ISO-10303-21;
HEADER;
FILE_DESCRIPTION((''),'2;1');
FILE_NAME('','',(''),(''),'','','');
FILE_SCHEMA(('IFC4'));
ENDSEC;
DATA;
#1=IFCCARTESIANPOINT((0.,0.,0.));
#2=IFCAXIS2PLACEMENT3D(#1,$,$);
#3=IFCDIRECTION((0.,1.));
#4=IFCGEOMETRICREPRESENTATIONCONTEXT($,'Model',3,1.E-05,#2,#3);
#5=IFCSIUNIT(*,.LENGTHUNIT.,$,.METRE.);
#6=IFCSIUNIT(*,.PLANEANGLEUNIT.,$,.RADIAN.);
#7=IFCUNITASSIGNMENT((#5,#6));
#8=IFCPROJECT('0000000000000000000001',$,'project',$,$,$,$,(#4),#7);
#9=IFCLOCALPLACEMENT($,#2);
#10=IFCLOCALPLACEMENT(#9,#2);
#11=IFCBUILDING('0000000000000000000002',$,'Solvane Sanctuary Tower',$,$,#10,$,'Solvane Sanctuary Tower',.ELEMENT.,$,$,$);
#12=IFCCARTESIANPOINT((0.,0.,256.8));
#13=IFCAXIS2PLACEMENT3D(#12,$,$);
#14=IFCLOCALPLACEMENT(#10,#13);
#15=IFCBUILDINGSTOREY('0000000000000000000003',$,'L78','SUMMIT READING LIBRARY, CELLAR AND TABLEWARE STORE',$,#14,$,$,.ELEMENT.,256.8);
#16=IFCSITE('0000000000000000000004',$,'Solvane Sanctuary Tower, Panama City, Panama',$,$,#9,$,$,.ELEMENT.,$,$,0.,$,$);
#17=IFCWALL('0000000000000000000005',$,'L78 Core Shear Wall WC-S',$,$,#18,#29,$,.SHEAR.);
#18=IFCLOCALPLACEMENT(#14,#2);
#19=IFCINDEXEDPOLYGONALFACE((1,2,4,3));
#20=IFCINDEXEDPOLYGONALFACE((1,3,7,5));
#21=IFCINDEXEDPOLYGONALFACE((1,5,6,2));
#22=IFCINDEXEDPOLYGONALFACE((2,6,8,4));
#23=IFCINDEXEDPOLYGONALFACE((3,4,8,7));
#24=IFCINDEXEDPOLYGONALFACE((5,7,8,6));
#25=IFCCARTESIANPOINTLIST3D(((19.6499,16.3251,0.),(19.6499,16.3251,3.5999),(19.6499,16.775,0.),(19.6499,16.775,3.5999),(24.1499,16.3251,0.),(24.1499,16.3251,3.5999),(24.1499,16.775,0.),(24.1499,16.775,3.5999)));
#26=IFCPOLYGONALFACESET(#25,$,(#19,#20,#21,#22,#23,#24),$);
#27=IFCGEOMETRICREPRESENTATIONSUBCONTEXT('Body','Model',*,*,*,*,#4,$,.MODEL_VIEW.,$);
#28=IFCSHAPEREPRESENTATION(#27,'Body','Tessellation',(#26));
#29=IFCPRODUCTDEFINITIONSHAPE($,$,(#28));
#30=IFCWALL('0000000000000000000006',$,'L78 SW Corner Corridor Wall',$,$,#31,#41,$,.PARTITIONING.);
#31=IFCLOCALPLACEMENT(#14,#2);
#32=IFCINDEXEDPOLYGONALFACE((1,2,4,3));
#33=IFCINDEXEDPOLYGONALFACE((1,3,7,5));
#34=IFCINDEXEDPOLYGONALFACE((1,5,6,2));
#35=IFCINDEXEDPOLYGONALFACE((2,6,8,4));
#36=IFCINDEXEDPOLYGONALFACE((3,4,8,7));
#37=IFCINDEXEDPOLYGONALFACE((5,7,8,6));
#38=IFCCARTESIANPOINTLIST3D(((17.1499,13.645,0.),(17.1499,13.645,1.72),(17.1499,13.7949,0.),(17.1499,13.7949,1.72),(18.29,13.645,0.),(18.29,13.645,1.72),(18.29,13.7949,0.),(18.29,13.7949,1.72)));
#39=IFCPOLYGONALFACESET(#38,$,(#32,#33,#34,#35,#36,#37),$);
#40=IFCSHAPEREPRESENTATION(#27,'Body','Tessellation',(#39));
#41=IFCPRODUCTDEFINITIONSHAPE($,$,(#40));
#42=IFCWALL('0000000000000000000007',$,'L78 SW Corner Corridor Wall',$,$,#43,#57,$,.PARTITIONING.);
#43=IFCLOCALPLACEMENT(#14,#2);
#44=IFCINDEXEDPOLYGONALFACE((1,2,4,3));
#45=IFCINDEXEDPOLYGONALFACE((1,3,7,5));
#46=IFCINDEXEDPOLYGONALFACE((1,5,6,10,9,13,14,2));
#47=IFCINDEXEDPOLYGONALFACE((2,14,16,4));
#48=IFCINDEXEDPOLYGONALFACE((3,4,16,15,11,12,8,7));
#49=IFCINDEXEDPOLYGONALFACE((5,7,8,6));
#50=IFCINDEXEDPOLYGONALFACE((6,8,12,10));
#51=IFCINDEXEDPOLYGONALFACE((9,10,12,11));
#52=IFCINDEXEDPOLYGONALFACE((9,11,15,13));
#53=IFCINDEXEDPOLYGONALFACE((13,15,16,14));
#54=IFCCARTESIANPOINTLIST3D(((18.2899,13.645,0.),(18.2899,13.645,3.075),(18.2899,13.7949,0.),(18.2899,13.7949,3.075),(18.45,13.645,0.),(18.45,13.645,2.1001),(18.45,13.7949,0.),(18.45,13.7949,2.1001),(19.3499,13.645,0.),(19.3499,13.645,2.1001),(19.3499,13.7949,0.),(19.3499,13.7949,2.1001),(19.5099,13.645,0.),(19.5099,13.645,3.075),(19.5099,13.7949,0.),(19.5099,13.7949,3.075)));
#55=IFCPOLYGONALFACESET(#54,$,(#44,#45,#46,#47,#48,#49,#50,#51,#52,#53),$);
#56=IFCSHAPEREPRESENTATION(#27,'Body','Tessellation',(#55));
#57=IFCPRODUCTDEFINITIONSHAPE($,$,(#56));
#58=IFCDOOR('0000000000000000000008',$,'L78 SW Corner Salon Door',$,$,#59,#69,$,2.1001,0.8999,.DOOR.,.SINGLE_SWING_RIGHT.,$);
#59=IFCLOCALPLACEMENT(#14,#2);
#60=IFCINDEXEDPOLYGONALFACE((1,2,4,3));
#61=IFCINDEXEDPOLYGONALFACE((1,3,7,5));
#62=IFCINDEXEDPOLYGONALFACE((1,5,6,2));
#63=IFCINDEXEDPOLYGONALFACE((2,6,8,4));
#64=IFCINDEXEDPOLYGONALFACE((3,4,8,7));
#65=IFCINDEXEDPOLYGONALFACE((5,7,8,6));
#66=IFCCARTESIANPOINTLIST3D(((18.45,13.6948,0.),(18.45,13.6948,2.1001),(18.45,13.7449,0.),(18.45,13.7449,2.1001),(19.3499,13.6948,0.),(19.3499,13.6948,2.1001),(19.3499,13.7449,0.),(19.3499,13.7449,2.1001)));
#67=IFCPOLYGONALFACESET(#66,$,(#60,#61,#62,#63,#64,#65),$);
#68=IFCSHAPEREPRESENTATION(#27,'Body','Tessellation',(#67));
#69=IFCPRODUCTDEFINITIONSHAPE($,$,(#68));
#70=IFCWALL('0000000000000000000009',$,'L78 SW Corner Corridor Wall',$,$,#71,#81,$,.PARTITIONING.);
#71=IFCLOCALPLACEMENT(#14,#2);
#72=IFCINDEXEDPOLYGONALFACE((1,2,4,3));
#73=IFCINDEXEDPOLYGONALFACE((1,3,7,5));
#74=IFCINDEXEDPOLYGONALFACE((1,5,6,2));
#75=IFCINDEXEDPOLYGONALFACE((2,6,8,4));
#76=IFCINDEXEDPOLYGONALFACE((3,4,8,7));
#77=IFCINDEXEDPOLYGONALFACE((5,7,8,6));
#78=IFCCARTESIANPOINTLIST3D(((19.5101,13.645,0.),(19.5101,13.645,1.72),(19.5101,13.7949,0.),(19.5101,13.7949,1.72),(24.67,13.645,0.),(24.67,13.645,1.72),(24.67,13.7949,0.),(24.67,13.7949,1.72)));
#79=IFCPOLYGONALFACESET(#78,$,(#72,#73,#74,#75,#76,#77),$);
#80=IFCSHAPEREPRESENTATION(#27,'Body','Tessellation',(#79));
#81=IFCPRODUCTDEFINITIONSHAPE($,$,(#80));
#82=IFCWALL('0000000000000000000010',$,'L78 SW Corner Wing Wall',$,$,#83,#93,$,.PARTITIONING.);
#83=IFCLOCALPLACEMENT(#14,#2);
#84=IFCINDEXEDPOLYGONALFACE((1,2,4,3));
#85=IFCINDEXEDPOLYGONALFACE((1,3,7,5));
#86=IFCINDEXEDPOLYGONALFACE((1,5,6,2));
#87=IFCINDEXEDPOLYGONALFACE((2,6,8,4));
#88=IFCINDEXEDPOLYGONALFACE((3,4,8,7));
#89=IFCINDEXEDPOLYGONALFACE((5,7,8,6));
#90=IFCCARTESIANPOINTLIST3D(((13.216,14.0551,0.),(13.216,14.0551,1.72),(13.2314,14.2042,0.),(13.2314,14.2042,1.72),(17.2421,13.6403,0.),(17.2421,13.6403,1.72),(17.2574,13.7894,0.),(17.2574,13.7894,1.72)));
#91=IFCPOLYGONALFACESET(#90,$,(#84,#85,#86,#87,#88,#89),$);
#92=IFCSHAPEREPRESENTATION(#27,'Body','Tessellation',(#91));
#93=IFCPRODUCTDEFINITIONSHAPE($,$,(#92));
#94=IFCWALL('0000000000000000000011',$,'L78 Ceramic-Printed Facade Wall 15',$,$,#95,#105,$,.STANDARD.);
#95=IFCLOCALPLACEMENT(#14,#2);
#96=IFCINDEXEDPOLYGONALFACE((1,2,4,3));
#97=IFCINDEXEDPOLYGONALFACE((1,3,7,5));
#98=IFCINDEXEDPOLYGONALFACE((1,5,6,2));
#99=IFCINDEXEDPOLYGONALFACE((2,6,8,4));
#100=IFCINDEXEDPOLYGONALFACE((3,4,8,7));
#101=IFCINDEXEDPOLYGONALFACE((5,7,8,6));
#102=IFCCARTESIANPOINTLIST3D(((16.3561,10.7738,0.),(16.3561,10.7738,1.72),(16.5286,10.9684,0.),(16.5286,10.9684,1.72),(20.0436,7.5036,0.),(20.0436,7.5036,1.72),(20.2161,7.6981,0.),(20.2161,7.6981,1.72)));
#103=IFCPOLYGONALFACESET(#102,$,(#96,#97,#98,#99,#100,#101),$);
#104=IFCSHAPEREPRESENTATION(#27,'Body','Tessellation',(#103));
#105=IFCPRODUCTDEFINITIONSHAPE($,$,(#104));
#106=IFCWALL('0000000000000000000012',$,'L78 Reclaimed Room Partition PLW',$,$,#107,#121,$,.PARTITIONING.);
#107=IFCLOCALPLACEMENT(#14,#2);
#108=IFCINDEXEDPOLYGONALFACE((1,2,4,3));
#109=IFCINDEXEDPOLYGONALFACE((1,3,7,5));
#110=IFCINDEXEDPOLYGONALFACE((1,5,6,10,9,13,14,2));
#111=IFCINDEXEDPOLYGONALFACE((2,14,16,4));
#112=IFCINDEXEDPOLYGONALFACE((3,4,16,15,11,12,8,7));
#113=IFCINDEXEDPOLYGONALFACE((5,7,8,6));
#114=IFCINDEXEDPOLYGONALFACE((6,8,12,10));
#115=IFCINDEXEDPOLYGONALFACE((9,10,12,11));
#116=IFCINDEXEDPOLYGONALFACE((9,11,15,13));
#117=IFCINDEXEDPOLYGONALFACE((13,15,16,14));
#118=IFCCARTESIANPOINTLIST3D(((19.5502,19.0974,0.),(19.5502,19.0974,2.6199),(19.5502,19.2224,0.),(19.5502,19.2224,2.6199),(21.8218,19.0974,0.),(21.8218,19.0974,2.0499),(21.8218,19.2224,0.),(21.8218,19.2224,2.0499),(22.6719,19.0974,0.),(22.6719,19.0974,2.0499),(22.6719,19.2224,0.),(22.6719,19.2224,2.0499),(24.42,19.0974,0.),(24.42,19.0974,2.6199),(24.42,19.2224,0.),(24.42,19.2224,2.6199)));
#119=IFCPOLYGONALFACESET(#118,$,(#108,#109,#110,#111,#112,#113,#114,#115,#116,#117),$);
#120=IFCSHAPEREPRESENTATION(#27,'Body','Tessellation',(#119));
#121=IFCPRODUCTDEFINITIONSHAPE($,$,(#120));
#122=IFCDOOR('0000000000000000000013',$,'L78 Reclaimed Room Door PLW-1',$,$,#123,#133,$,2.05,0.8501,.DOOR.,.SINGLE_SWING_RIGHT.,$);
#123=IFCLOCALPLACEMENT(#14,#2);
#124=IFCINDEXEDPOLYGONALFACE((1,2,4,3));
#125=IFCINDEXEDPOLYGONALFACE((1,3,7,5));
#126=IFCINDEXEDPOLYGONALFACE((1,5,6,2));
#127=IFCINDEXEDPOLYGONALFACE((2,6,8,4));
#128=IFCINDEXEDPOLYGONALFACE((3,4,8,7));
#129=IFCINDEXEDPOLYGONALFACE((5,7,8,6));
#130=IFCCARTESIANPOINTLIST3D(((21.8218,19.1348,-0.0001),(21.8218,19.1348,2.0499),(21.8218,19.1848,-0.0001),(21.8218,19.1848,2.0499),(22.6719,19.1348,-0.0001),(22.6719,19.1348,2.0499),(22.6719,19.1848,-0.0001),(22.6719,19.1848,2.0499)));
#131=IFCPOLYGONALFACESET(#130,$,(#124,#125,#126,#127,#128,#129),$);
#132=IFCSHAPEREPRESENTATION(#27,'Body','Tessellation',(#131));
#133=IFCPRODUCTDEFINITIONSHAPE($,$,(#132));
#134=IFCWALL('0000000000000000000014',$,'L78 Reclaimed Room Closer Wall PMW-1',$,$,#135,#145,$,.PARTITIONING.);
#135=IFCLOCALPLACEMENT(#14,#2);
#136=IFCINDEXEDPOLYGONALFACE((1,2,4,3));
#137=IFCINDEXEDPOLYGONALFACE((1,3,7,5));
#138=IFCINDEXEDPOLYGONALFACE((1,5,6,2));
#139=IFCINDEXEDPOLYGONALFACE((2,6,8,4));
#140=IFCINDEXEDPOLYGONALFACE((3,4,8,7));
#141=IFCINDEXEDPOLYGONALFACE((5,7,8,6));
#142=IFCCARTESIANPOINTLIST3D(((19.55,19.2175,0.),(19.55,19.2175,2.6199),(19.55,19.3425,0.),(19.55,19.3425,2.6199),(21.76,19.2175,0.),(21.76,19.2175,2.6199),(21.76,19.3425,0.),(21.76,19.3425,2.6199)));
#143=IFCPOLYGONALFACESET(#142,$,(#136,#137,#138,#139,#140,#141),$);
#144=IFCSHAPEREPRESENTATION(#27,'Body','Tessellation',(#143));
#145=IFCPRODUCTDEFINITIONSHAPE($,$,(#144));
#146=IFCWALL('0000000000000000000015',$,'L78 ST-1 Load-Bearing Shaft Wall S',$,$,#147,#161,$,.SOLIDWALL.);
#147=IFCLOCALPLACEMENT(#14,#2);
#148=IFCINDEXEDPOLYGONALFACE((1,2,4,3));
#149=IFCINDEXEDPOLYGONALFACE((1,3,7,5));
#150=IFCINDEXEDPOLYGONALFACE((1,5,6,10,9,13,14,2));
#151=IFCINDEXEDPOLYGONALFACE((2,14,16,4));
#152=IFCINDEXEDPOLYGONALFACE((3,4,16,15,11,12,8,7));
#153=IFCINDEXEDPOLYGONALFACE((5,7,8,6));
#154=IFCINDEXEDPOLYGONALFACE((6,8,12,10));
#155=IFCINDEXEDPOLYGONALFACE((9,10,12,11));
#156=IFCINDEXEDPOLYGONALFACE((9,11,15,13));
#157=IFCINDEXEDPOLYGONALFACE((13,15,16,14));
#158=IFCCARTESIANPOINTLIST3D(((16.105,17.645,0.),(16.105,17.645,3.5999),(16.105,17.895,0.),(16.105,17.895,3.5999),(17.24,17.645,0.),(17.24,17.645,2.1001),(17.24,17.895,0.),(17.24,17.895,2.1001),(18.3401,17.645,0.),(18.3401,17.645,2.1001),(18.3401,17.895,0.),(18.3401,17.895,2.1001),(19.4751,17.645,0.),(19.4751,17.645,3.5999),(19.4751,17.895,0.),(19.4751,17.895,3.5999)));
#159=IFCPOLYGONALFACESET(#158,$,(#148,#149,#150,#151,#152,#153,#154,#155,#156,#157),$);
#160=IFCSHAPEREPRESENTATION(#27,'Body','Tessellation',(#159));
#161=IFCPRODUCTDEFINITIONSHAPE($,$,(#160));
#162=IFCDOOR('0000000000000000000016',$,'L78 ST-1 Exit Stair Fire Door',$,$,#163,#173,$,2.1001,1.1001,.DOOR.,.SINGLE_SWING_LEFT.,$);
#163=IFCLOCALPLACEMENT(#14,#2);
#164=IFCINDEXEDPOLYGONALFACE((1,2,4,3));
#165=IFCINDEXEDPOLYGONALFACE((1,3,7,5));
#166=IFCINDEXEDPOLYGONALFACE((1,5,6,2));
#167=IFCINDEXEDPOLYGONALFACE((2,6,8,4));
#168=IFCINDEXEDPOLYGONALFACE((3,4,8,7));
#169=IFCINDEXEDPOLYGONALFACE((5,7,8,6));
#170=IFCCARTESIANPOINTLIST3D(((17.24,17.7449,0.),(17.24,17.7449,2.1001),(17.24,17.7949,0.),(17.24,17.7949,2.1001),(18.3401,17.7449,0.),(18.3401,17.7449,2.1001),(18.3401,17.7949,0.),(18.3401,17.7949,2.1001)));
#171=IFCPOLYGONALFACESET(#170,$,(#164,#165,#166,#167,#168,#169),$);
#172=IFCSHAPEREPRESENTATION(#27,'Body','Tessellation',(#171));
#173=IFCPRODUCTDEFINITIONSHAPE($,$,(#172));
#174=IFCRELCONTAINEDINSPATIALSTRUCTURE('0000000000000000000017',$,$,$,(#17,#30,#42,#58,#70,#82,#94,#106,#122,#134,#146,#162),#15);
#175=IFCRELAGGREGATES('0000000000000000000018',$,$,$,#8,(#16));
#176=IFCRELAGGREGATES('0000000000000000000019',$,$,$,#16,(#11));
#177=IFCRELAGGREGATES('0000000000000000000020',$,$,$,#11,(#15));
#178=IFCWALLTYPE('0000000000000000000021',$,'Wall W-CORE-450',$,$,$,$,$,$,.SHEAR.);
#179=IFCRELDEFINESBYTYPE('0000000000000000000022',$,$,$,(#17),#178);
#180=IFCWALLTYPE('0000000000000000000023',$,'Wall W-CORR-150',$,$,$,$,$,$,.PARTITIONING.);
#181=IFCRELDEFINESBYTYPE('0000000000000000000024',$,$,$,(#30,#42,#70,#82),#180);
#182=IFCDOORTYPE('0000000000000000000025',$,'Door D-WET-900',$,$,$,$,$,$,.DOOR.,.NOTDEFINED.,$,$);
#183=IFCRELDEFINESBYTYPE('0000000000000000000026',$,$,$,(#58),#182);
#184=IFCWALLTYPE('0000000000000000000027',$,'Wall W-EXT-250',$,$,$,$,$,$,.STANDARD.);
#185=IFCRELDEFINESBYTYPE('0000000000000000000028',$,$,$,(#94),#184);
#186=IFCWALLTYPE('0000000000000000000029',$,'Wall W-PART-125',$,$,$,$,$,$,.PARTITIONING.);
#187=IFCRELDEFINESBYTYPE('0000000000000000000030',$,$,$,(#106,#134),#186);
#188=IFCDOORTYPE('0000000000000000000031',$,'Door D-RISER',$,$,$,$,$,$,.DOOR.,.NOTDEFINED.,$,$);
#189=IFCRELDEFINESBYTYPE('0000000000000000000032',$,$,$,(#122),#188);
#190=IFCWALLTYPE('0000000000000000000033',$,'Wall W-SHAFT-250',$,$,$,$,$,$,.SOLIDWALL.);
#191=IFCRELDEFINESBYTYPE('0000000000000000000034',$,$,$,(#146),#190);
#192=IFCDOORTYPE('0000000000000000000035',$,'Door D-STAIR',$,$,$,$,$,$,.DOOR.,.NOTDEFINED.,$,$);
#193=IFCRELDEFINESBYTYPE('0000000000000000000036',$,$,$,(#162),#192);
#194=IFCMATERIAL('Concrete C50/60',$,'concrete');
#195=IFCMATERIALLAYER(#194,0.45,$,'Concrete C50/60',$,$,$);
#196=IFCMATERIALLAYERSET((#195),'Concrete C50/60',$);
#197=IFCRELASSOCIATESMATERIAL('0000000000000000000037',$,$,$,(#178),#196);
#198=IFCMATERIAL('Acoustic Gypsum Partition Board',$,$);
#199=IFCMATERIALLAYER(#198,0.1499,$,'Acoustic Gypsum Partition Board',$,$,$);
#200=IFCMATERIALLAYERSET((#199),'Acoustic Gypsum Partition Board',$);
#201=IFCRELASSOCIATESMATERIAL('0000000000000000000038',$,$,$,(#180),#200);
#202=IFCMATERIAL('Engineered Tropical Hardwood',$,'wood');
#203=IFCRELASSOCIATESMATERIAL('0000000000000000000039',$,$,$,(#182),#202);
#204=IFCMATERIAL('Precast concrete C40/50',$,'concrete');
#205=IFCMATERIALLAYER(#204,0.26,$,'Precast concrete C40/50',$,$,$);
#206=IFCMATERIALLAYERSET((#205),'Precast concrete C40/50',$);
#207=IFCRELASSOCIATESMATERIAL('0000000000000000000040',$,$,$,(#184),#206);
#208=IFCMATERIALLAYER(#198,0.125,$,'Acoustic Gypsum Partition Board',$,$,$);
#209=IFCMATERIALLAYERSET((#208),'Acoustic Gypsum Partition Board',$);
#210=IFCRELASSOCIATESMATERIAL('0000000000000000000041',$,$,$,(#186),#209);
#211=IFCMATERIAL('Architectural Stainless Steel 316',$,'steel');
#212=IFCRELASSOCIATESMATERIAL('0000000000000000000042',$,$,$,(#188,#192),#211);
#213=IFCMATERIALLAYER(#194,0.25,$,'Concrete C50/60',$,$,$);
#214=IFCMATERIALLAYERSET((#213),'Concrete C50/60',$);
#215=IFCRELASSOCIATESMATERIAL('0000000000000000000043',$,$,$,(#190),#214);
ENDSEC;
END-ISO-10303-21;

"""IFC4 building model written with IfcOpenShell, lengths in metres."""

from ifc_helpers import new_model, si_unit, direction, frame, frame_2d, origin, place, context, subcontext, project, spatial, rectangle, extrude, material, layer, layer_set, type_object, element, fill, save


model = new_model("IFC4")

# Units and contexts
model_context = context("Model", 3, precision=1e-05, world=origin(), true_north=direction((0.0, 1.0)))
body_context = subcontext(model_context, "Body", "Model", "MODEL_VIEW")
ifc_project = project(units=[si_unit("LENGTHUNIT", "METRE"), si_unit("PLANEANGLEUNIT", "RADIAN")], contexts=[model_context])

# Site, building, storey
site_placement = place(None, origin())
site = spatial("IfcSite", under=ifc_project, at=site_placement, Name="Solvane Sanctuary Tower, Panama City, Panama", CompositionType="ELEMENT", RefElevation=0.0)
building_placement = place(site_placement, origin())
building = spatial("IfcBuilding", under=site, at=building_placement, Name="Solvane Sanctuary Tower", LongName="Solvane Sanctuary Tower", CompositionType="ELEMENT")
storey_placement = place(building_placement, frame((0.0, 0.0, 256.8)))
storey = spatial("IfcBuildingStorey", under=building, at=storey_placement, Name="L78", Description="SUMMIT READING LIBRARY, CELLAR AND TABLEWARE STORE", CompositionType="ELEMENT", Elevation=256.8)

# Walls
ifc_material_1 = material(Name="Concrete C50/60", Category="concrete")
ifc_layer_1 = layer(ifc_material_1, 0.45, Name="Concrete C50/60")
ifc_layer_set_1 = layer_set([ifc_layer_1], Name="Concrete C50/60")
wall_type_1 = type_object("IfcWallType", Name="Wall W-CORE-450", PredefinedType="SHEAR", material=ifc_layer_set_1)
wall_1_placement = place(storey_placement, frame((19.6499, 16.55, 0.0), z_axis=(0.0, 0.0, 1.0), x_axis=(1.0, 0.0, 0.0)))
element("IfcWall", 1, at=wall_1_placement, inside=storey, type_object=wall_type_1, Name="L78 Core Shear Wall WC-S", PredefinedType="SHEAR", context=body_context, shape_type="SweptSolid", body=[
    extrude(rectangle(XDim=4.5, YDim=0.45, at=frame_2d((2.25, 0.0))), origin(), (0.0, 0.0, 1.0), 3.5999),
])
ifc_material_2 = material(Name="Acoustic Gypsum Partition Board")
ifc_layer_2 = layer(ifc_material_2, 0.1499, Name="Acoustic Gypsum Partition Board")
ifc_layer_set_2 = layer_set([ifc_layer_2], Name="Acoustic Gypsum Partition Board")
wall_type_2 = type_object("IfcWallType", Name="Wall W-CORR-150", PredefinedType="PARTITIONING", material=ifc_layer_set_2)
wall_2_placement = place(storey_placement, frame((17.1499, 13.72, 0.0), z_axis=(0.0, 0.0, 1.0), x_axis=(1.0, 0.0, 0.0)))
element("IfcWall", 2, at=wall_2_placement, inside=storey, type_object=wall_type_2, Name="L78 SW Corner Corridor Wall", PredefinedType="PARTITIONING", context=body_context, shape_type="SweptSolid", body=[
    extrude(rectangle(XDim=1.1401, YDim=0.1499, at=frame_2d((0.5701, 0.0))), origin(), (0.0, 0.0, 1.0), 1.72),
])

# Wall, opening, door
wall_3_placement = place(storey_placement, frame((18.29, 13.72, 0.0), z_axis=(0.0, 0.0, 1.0), x_axis=(1.0, 0.0, 0.0)))
wall_3 = element("IfcWall", 3, at=wall_3_placement, inside=storey, type_object=wall_type_2, Name="L78 SW Corner Corridor Wall", PredefinedType="PARTITIONING", context=body_context, shape_type="SweptSolid", body=[
    extrude(rectangle(XDim=1.22, YDim=0.1499, at=frame_2d((0.6099, 0.0))), origin(), (0.0, 0.0, 1.0), 3.075),
])
opening_1_placement = place(wall_3_placement, frame((0.1599, 0.0, 0.0)))
opening_1 = element("IfcOpeningElement", 4, at=opening_1_placement, cuts=wall_3, PredefinedType="OPENING", context=body_context, shape_type="SweptSolid", body=[
    extrude(rectangle(XDim=0.8999, YDim=2.1001, at=frame_2d((0.45, 1.05))), frame((0.0, 0.085, 0.0), z_axis=(0.0, -1.0, 0.0), x_axis=(1.0, 0.0, 0.0)), (0.0, 0.0, 1.0), 0.1699),
])
ifc_material_3 = material(Name="Engineered Tropical Hardwood", Category="wood")
door_type_1 = type_object("IfcDoorType", Name="Door D-WET-900", OperationType="NOTDEFINED", PredefinedType="DOOR", material=ifc_material_3)
door_1_placement = place(opening_1_placement, origin())
door_1 = element("IfcDoor", 5, at=door_1_placement, inside=storey, type_object=door_type_1, Name="L78 SW Corner Salon Door", OperationType="SINGLE_SWING_RIGHT", OverallHeight=2.1001, OverallWidth=0.8999, PredefinedType="DOOR", context=body_context, shape_type="SweptSolid", body=[
    extrude(rectangle(XDim=0.8999, YDim=2.1001, at=frame_2d((0.45, 1.05))), frame((0.0, 0.0249, 0.0), z_axis=(0.0, -1.0, 0.0), x_axis=(1.0, 0.0, 0.0)), (0.0, 0.0, 1.0), 0.05),
])
fill(opening_1, door_1)

# Walls
wall_4_placement = place(storey_placement, frame((19.51, 13.72, 0.0), z_axis=(0.0, 0.0, 1.0), x_axis=(1.0, 0.0, 0.0)))
element("IfcWall", 6, at=wall_4_placement, inside=storey, type_object=wall_type_2, Name="L78 SW Corner Corridor Wall", PredefinedType="PARTITIONING", context=body_context, shape_type="SweptSolid", body=[
    extrude(rectangle(XDim=5.1599, YDim=0.1499, at=frame_2d((2.5801, 0.0))), origin(), (0.0, 0.0, 1.0), 1.72),
])
wall_5_placement = place(storey_placement, frame((17.2498, 13.7148, 0.0), z_axis=(0.0, 0.0, 1.0), x_axis=(-0.994735, 0.102483, 0.0)))
element("IfcWall", 7, at=wall_5_placement, inside=storey, type_object=wall_type_2, Name="L78 SW Corner Wing Wall", PredefinedType="PARTITIONING", context=body_context, shape_type="SweptSolid", body=[
    extrude(rectangle(XDim=4.0474, YDim=0.1499, at=frame_2d((2.0237, 0.0))), origin(), (0.0, 0.0, 1.0), 1.72),
])
ifc_material_4 = material(Name="Precast concrete C40/50", Category="concrete")
ifc_layer_3 = layer(ifc_material_4, 0.26, Name="Precast concrete C40/50")
ifc_layer_set_3 = layer_set([ifc_layer_3], Name="Precast concrete C40/50")
wall_type_3 = type_object("IfcWallType", Name="Wall W-EXT-250", PredefinedType="STANDARD", material=ifc_layer_set_3)
wall_6_placement = place(storey_placement, frame((16.4424, 10.8711, 0.0), z_axis=(0.0, 0.0, 1.0), x_axis=(0.748166, -0.663512, 0.0)))
element("IfcWall", 8, at=wall_6_placement, inside=storey, type_object=wall_type_3, Name="L78 Ceramic-Printed Facade Wall 15", PredefinedType="STANDARD", context=body_context, shape_type="SweptSolid", body=[
    extrude(rectangle(XDim=4.9287, YDim=0.26, at=frame_2d((2.4644, 0.0))), origin(), (0.0, 0.0, 1.0), 1.72),
])

# Wall, opening, door
ifc_layer_4 = layer(ifc_material_2, 0.125, Name="Acoustic Gypsum Partition Board")
ifc_layer_set_4 = layer_set([ifc_layer_4], Name="Acoustic Gypsum Partition Board")
wall_type_4 = type_object("IfcWallType", Name="Wall W-PART-125", PredefinedType="PARTITIONING", material=ifc_layer_set_4)
wall_7_placement = place(storey_placement, frame((19.55, 19.1599, 0.0), z_axis=(0.0, 0.0, 1.0), x_axis=(1.0, 0.0, 0.0)))
wall_7 = element("IfcWall", 9, at=wall_7_placement, inside=storey, type_object=wall_type_4, Name="L78 Reclaimed Room Partition PLW", PredefinedType="PARTITIONING", context=body_context, shape_type="SweptSolid", body=[
    extrude(rectangle(XDim=4.8699, YDim=0.125, at=frame_2d((2.4351, 0.0))), origin(), (0.0, 0.0, 1.0), 2.6199),
])
opening_2_placement = place(wall_7_placement, frame((2.2717, 0.0, 0.0)))
opening_2 = element("IfcOpeningElement", 10, at=opening_2_placement, cuts=wall_7, PredefinedType="OPENING", context=body_context, shape_type="SweptSolid", body=[
    extrude(rectangle(XDim=0.8501, YDim=2.05, at=frame_2d((0.425, 1.0249))), frame((0.0, 0.0725, 0.0), z_axis=(0.0, -1.0, 0.0), x_axis=(1.0, 0.0, 0.0)), (0.0, 0.0, 1.0), 0.145),
])
ifc_material_5 = material(Name="Architectural Stainless Steel 316", Category="steel")
door_type_2 = type_object("IfcDoorType", Name="Door D-RISER", OperationType="NOTDEFINED", PredefinedType="DOOR", material=ifc_material_5)
door_2_placement = place(opening_2_placement, origin())
door_2 = element("IfcDoor", 11, at=door_2_placement, inside=storey, type_object=door_type_2, Name="L78 Reclaimed Room Door PLW-1", OperationType="SINGLE_SWING_RIGHT", OverallHeight=2.05, OverallWidth=0.8501, PredefinedType="DOOR", context=body_context, shape_type="SweptSolid", body=[
    extrude(rectangle(XDim=0.8501, YDim=2.05, at=frame_2d((0.425, 1.0249))), frame((0.0, 0.0249, 0.0), z_axis=(0.0, -1.0, 0.0), x_axis=(1.0, 0.0, 0.0)), (0.0, 0.0, 1.0), 0.05),
])
fill(opening_2, door_2)

# Wall
wall_8_placement = place(storey_placement, frame((19.55, 19.28, 0.0), z_axis=(0.0, 0.0, 1.0), x_axis=(1.0, 0.0, 0.0)))
element("IfcWall", 12, at=wall_8_placement, inside=storey, type_object=wall_type_4, Name="L78 Reclaimed Room Closer Wall PMW-1", PredefinedType="PARTITIONING", context=body_context, shape_type="SweptSolid", body=[
    extrude(rectangle(XDim=2.21, YDim=0.125, at=frame_2d((1.105, 0.0))), origin(), (0.0, 0.0, 1.0), 2.6199),
])

# Wall, opening, door
ifc_layer_5 = layer(ifc_material_1, 0.25, Name="Concrete C50/60")
ifc_layer_set_5 = layer_set([ifc_layer_5], Name="Concrete C50/60")
wall_type_5 = type_object("IfcWallType", Name="Wall W-SHAFT-250", PredefinedType="SOLIDWALL", material=ifc_layer_set_5)
wall_9_placement = place(storey_placement, frame((16.105, 17.77, 0.0), z_axis=(0.0, 0.0, 1.0), x_axis=(1.0, 0.0, 0.0)))
wall_9 = element("IfcWall", 13, at=wall_9_placement, inside=storey, type_object=wall_type_5, Name="L78 ST-1 Load-Bearing Shaft Wall S", PredefinedType="SOLIDWALL", context=body_context, shape_type="SweptSolid", body=[
    extrude(rectangle(XDim=3.3701, YDim=0.25, at=frame_2d((1.6851, 0.0))), origin(), (0.0, 0.0, 1.0), 3.5999),
])
opening_3_placement = place(wall_9_placement, frame((1.135, 0.0, 0.0)))
opening_3 = element("IfcOpeningElement", 14, at=opening_3_placement, cuts=wall_9, PredefinedType="OPENING", context=body_context, shape_type="SweptSolid", body=[
    extrude(rectangle(XDim=1.1001, YDim=2.1001, at=frame_2d((0.55, 1.05))), frame((0.0, 0.135, 0.0), z_axis=(0.0, -1.0, 0.0), x_axis=(1.0, 0.0, 0.0)), (0.0, 0.0, 1.0), 0.27),
])
door_type_3 = type_object("IfcDoorType", Name="Door D-STAIR", OperationType="NOTDEFINED", PredefinedType="DOOR", material=ifc_material_5)
door_3_placement = place(opening_3_placement, origin())
door_3 = element("IfcDoor", 15, at=door_3_placement, inside=storey, type_object=door_type_3, Name="L78 ST-1 Exit Stair Fire Door", OperationType="SINGLE_SWING_LEFT", OverallHeight=2.1001, OverallWidth=1.1001, PredefinedType="DOOR", context=body_context, shape_type="SweptSolid", body=[
    extrude(rectangle(XDim=1.1001, YDim=2.1001, at=frame_2d((0.55, 1.05))), frame((0.0, 0.0249, 0.0), z_axis=(0.0, -1.0, 0.0), x_axis=(1.0, 0.0, 0.0)), (0.0, 0.0, 1.0), 0.05),
])
fill(opening_3, door_3)

save(model, "model.ifc")
